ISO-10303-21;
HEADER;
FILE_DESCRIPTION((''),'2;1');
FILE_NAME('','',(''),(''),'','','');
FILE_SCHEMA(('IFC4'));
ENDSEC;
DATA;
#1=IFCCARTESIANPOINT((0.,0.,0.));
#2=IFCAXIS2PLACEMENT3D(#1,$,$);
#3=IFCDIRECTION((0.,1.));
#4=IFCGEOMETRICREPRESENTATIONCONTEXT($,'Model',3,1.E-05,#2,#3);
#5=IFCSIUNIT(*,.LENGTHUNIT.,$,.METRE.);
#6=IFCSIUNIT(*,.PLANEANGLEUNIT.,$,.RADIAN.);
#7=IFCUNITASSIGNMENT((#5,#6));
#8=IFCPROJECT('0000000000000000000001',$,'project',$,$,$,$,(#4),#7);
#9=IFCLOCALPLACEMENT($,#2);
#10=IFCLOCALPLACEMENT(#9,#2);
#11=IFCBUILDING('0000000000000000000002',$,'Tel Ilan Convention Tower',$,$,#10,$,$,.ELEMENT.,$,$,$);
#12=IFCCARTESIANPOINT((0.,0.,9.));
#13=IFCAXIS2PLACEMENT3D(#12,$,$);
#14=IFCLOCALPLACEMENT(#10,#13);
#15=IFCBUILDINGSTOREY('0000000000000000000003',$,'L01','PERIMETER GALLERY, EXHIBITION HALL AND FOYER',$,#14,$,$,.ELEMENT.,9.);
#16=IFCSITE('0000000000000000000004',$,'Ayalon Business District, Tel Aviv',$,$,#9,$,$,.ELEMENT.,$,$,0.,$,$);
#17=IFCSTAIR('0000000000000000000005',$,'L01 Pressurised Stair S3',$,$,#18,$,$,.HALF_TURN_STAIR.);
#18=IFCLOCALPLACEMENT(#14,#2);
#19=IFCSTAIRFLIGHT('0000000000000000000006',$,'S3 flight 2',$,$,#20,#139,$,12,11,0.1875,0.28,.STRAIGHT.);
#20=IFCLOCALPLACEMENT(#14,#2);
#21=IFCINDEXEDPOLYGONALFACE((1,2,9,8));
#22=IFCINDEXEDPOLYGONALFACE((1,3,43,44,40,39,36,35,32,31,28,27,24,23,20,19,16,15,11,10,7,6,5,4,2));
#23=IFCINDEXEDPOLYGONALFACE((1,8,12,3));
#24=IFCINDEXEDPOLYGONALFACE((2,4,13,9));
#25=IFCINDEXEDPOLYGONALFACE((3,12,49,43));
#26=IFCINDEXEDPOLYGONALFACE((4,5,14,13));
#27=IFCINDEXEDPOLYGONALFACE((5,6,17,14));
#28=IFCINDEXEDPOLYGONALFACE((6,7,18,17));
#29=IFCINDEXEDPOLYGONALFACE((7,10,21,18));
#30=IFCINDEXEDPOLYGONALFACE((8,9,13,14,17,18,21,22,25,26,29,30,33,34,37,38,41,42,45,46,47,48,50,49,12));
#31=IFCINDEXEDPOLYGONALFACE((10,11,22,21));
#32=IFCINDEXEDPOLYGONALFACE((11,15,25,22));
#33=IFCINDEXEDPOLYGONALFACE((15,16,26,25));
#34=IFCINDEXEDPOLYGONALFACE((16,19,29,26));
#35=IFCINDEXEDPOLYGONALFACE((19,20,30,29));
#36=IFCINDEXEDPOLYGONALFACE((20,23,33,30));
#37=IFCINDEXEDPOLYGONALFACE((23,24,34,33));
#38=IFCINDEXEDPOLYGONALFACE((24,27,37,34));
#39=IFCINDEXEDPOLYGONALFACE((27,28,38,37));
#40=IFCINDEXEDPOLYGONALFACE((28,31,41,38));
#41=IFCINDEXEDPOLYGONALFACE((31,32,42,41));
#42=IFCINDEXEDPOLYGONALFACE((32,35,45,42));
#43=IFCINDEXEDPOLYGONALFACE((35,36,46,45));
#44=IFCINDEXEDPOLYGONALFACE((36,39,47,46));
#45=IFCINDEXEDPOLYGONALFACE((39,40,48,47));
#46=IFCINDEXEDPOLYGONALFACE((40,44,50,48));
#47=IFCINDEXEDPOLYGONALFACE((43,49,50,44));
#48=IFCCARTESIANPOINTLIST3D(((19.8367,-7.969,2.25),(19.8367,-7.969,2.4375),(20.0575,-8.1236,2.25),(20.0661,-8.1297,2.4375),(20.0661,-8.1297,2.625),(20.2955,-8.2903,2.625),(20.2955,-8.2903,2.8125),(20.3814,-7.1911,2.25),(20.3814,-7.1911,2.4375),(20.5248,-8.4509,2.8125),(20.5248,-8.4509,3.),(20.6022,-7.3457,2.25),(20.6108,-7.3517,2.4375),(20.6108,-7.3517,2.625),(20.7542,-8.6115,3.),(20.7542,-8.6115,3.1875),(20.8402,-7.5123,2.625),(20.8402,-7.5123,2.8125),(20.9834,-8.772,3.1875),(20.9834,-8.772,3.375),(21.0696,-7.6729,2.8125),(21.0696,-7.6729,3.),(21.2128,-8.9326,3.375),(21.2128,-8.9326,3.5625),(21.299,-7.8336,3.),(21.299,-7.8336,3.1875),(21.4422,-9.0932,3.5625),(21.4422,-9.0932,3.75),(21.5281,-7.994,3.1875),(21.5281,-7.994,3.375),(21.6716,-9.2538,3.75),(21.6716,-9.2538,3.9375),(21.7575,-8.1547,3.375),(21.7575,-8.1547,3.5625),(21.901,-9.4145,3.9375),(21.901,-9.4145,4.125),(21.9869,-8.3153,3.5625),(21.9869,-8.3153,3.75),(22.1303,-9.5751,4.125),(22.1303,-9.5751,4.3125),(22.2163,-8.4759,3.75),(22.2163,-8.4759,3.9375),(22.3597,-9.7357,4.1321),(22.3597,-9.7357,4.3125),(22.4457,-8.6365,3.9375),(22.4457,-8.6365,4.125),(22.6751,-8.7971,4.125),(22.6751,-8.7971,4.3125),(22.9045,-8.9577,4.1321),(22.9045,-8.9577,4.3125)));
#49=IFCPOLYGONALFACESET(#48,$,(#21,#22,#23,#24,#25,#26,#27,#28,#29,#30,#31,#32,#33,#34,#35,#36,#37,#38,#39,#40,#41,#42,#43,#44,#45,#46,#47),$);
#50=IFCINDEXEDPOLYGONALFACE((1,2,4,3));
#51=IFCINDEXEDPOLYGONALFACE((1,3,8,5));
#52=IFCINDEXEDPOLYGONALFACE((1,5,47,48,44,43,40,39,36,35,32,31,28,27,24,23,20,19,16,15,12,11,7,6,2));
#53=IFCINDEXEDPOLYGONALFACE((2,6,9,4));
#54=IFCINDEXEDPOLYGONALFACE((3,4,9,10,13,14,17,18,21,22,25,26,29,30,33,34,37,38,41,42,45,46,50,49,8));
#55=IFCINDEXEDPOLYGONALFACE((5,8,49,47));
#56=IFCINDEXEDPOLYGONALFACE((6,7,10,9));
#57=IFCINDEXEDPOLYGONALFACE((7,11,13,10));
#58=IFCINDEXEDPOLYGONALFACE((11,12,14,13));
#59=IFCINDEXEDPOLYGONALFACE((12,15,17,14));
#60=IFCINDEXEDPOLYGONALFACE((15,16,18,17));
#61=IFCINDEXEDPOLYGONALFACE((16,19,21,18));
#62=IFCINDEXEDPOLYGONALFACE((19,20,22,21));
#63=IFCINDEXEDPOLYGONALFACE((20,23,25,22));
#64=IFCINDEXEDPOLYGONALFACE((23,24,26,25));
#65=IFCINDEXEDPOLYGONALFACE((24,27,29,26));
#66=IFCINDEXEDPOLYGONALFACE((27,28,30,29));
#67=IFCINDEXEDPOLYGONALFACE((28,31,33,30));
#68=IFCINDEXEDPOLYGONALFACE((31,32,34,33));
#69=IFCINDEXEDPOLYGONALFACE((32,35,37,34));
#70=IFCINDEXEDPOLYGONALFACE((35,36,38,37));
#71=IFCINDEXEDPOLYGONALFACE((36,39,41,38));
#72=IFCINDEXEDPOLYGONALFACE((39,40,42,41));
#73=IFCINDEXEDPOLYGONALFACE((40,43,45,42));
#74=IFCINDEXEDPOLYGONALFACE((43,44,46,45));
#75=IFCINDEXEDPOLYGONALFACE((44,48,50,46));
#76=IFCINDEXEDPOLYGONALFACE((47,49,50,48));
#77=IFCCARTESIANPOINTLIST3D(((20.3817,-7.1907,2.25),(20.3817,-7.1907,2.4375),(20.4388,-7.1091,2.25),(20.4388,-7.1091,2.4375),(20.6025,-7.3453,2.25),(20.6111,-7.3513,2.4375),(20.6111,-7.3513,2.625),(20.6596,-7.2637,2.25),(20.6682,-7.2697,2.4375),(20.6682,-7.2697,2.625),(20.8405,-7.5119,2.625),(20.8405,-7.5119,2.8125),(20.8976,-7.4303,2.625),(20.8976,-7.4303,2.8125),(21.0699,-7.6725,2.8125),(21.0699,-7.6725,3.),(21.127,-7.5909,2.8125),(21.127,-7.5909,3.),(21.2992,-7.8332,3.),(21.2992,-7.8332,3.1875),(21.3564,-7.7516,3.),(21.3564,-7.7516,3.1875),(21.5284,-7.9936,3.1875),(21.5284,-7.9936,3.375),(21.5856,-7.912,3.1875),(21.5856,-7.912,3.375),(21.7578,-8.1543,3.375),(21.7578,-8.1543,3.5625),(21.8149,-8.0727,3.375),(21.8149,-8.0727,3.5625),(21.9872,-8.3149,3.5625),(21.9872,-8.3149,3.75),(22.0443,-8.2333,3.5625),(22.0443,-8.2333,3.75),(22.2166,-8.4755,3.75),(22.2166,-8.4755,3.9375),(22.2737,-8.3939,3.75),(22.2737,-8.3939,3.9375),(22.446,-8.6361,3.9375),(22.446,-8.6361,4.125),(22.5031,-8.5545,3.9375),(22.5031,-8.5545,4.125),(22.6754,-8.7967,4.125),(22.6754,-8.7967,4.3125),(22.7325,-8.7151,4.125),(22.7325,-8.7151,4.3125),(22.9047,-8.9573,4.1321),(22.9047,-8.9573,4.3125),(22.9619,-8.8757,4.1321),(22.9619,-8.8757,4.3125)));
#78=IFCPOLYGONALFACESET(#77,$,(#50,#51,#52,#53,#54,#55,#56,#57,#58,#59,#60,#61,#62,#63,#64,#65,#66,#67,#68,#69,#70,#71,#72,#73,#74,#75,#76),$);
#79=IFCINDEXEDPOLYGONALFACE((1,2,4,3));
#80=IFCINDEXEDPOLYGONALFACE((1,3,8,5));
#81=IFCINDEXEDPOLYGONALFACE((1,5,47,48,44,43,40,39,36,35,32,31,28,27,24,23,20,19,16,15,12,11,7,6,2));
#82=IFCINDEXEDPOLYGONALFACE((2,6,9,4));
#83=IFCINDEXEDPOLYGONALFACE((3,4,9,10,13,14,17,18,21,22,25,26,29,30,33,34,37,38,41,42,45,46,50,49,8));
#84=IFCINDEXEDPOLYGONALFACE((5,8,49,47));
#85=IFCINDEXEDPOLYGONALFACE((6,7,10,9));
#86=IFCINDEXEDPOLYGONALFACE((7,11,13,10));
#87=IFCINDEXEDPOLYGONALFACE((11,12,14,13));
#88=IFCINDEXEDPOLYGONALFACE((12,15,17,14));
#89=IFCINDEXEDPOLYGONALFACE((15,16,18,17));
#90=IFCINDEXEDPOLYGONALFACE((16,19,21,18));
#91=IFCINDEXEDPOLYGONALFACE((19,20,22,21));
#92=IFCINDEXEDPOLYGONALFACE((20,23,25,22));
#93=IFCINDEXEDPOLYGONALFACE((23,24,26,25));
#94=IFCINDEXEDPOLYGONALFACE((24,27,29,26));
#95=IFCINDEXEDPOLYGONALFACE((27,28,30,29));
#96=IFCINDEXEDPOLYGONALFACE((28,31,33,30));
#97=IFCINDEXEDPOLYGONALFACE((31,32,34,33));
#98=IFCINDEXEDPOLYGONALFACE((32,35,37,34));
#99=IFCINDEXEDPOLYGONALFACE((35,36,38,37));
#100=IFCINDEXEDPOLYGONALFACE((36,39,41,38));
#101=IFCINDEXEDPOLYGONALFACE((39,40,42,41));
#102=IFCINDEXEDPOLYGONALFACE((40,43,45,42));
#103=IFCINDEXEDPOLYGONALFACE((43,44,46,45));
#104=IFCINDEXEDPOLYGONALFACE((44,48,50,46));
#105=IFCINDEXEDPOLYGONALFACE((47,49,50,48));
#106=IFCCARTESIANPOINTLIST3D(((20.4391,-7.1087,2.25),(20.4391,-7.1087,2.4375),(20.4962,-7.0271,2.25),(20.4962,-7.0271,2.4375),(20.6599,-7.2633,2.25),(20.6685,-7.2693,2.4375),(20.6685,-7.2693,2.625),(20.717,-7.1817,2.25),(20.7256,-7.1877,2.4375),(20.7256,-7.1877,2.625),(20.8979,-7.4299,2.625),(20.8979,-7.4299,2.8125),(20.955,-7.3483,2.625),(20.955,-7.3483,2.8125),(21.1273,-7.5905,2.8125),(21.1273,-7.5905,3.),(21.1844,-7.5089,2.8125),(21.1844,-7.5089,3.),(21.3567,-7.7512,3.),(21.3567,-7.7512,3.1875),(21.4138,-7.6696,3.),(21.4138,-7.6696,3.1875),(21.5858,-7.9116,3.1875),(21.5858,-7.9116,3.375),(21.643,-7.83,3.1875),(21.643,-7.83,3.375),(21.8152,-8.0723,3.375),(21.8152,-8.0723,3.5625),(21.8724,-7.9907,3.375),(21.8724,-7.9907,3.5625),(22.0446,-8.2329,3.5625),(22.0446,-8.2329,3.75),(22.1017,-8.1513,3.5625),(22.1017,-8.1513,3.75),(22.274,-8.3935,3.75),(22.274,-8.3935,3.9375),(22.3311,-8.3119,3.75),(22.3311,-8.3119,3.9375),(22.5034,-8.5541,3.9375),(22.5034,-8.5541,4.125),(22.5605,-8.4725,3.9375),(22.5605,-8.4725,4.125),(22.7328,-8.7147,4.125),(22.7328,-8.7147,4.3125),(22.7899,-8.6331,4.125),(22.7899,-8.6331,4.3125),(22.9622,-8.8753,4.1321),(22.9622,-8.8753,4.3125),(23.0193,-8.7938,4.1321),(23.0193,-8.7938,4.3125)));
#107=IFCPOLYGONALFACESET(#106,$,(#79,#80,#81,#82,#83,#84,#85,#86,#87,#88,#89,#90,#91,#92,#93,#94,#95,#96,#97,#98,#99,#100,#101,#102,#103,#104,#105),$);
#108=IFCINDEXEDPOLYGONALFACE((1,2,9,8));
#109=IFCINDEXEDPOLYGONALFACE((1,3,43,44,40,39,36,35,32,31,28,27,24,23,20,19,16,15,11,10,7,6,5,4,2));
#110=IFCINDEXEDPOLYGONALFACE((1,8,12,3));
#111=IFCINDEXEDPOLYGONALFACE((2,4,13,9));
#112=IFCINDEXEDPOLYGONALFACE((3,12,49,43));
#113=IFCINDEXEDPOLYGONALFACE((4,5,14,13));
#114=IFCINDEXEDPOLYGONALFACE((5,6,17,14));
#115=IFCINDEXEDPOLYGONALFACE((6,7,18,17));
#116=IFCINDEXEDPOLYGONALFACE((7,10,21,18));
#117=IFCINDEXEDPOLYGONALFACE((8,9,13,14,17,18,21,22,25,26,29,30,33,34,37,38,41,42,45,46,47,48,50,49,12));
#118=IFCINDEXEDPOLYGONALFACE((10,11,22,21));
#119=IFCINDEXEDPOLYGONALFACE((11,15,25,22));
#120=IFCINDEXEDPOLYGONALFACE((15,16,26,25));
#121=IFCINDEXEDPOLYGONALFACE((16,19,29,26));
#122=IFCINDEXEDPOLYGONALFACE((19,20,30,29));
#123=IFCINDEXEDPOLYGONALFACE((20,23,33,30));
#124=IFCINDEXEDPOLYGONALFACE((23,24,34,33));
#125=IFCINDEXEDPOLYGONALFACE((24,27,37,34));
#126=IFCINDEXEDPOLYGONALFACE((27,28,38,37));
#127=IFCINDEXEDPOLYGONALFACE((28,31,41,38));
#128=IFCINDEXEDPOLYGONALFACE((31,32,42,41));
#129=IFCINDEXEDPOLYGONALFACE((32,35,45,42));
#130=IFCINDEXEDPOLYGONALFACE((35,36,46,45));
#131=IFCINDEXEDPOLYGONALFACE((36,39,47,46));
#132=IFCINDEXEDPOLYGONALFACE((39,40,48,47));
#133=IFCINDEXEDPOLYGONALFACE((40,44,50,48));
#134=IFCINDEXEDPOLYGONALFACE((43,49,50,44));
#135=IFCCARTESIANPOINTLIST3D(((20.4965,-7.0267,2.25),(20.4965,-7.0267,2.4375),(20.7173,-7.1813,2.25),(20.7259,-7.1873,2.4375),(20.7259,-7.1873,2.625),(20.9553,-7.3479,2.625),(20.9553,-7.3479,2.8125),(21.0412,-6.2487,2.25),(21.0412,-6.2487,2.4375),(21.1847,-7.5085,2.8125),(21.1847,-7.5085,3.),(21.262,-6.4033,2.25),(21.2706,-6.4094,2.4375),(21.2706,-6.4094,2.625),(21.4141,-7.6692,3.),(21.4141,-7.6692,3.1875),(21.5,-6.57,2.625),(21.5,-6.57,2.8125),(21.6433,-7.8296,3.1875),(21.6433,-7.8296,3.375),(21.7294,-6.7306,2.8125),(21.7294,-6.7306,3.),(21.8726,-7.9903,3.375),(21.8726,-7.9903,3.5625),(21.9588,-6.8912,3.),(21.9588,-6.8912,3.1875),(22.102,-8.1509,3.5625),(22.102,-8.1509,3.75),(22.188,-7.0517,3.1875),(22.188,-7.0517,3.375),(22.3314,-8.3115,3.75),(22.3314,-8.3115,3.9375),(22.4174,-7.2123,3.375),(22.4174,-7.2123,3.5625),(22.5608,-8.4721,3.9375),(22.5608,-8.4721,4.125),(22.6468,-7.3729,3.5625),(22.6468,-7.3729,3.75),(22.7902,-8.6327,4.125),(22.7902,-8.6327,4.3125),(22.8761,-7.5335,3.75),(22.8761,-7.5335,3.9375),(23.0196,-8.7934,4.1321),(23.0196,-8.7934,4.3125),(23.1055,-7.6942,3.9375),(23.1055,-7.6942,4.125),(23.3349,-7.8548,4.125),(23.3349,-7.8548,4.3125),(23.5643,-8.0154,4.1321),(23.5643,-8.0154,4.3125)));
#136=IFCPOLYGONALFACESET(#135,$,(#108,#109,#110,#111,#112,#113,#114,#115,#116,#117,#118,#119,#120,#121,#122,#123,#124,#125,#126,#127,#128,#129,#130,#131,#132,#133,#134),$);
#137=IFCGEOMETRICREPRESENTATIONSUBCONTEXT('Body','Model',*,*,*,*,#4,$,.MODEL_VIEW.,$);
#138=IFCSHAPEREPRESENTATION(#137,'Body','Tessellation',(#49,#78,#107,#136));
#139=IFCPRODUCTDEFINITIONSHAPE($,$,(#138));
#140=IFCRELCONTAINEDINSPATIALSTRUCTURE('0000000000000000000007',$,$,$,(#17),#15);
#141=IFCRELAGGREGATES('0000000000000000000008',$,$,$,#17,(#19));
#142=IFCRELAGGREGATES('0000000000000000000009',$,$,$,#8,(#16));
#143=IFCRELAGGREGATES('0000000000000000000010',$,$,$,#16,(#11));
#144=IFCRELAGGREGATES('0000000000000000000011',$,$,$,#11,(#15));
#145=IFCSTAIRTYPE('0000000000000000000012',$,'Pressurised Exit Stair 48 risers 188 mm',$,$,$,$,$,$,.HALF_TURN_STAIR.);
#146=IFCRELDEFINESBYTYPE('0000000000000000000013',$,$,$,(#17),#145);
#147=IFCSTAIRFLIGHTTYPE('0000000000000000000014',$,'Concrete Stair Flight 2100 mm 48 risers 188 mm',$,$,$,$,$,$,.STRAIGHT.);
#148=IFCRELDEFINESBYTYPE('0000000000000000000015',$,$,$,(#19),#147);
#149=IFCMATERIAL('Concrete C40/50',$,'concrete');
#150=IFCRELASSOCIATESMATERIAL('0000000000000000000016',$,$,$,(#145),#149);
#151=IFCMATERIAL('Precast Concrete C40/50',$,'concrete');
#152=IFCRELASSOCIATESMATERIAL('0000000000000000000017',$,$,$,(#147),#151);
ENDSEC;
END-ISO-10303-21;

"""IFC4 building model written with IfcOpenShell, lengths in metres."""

from ifc_helpers import new_model, si_unit, direction, frame, origin, place, context, subcontext, project, spatial, polyline, outline, extrude, material, type_object, element, aggregate, save


model = new_model("IFC4")

# Units and contexts
model_context = context("Model", 3, precision=1e-05, world=origin(), true_north=direction((0.0, 1.0)))
body_context = subcontext(model_context, "Body", "Model", "MODEL_VIEW")
ifc_project = project(units=[si_unit("LENGTHUNIT", "METRE"), si_unit("PLANEANGLEUNIT", "RADIAN")], contexts=[model_context])

# Site, building, storey
site_placement = place(None, origin())
site = spatial("IfcSite", under=ifc_project, at=site_placement, Name="Ayalon Business District, Tel Aviv", CompositionType="ELEMENT", RefElevation=0.0)
building_placement = place(site_placement, origin())
building = spatial("IfcBuilding", under=site, at=building_placement, Name="Tel Ilan Convention Tower", CompositionType="ELEMENT")
storey_placement = place(building_placement, frame((0.0, 0.0, 9.0)))
storey = spatial("IfcBuildingStorey", under=building, at=storey_placement, Name="L01", Description="PERIMETER GALLERY, EXHIBITION HALL AND FOYER", CompositionType="ELEMENT", Elevation=9.0)

# Stair, stair flight
ifc_material_1 = material(Name="Concrete C40/50", Category="concrete")
stair_type = type_object("IfcStairType", Name="Pressurised Exit Stair 48 risers 188 mm", PredefinedType="HALF_TURN_STAIR", material=ifc_material_1)
stair_placement = place(storey_placement, origin())
stair = element("IfcStair", 1, at=stair_placement, inside=storey, type_object=stair_type, Name="L01 Pressurised Stair S3", PredefinedType="HALF_TURN_STAIR")
ifc_material_2 = material(Name="Precast Concrete C40/50", Category="concrete")
stair_flight_type = type_object("IfcStairFlightType", Name="Concrete Stair Flight 2100 mm 48 risers 188 mm", PredefinedType="STRAIGHT", material=ifc_material_2)
stair_flight_1_placement = place(storey_placement, frame((20.439, -7.1089, 2.25), z_axis=(0.0, 0.0, 1.0), x_axis=(0.819152, -0.573576, 0.0)))
stair_flight_1 = element("IfcStairFlight", 2, at=stair_flight_1_placement, type_object=stair_flight_type, Name="S3 flight 2", NumberOfRisers=12, NumberOfTreads=11, PredefinedType="STRAIGHT", RiserHeight=0.1875, TreadLength=0.28, context=body_context, shape_type="SweptSolid", body=[
    extrude(outline(polyline([(0.0, 0.0), (0.0, 0.1875), (0.28, 0.1875), (0.28, 0.375), (0.5601, 0.375), (0.5601, 0.5625), (0.8401, 0.5625), (0.8401, 0.75), (1.1201, 0.75), (1.1201, 0.9375), (1.3999, 0.9375), (1.3999, 1.125), (1.6799, 1.125), (1.6799, 1.3125), (1.96, 1.3125), (1.96, 1.5), (2.24, 1.5), (2.24, 1.6875), (2.52, 1.6875), (2.52, 1.875), (2.8, 1.875), (2.8, 2.0625), (3.0801, 2.0625), (3.0801, 2.25), (3.0801, 1.8821), (0.2695, 0.0), (0.0, 0.0)])), frame((0.0, -0.1003, 0.0), z_axis=(0.0, -1.0, 0.0), x_axis=(1.0, 0.0, 0.0)), (0.0, 0.0, 1.0), 0.9497),
    extrude(outline(polyline([(0.0, 0.0), (0.0, 0.1875), (0.28, 0.1875), (0.28, 0.375), (0.5601, 0.375), (0.5601, 0.5625), (0.8401, 0.5625), (0.8401, 0.75), (1.1201, 0.75), (1.1201, 0.9375), (1.3999, 0.9375), (1.3999, 1.125), (1.6799, 1.125), (1.6799, 1.3125), (1.96, 1.3125), (1.96, 1.5), (2.24, 1.5), (2.24, 1.6875), (2.52, 1.6875), (2.52, 1.875), (2.8, 1.875), (2.8, 2.0625), (3.0801, 2.0625), (3.0801, 2.25), (3.0801, 1.8821), (0.2695, 0.0), (0.0, 0.0)])), frame((0.0, -0.0002, 0.0), z_axis=(0.0, -1.0, 0.0), x_axis=(1.0, 0.0, 0.0)), (0.0, 0.0, 1.0), 0.0996),
    extrude(outline(polyline([(0.0, 0.0), (0.0, 0.1875), (0.28, 0.1875), (0.28, 0.375), (0.5601, 0.375), (0.5601, 0.5625), (0.8401, 0.5625), (0.8401, 0.75), (1.1201, 0.75), (1.1201, 0.9375), (1.3999, 0.9375), (1.3999, 1.125), (1.6799, 1.125), (1.6799, 1.3125), (1.96, 1.3125), (1.96, 1.5), (2.24, 1.5), (2.24, 1.6875), (2.52, 1.6875), (2.52, 1.875), (2.8, 1.875), (2.8, 2.0625), (3.0801, 2.0625), (3.0801, 2.25), (3.0801, 1.8821), (0.2695, 0.0), (0.0, 0.0)])), frame((0.0, 0.0999, 0.0), z_axis=(0.0, -1.0, 0.0), x_axis=(1.0, 0.0, 0.0)), (0.0, 0.0, 1.0), 0.0996),
    extrude(outline(polyline([(0.0, 0.0), (0.0, 0.1875), (0.28, 0.1875), (0.28, 0.375), (0.5601, 0.375), (0.5601, 0.5625), (0.8401, 0.5625), (0.8401, 0.75), (1.1201, 0.75), (1.1201, 0.9375), (1.3999, 0.9375), (1.3999, 1.125), (1.6799, 1.125), (1.6799, 1.3125), (1.96, 1.3125), (1.96, 1.5), (2.24, 1.5), (2.24, 1.6875), (2.52, 1.6875), (2.52, 1.875), (2.8, 1.875), (2.8, 2.0625), (3.0801, 2.0625), (3.0801, 2.25), (3.0801, 1.8821), (0.2695, 0.0), (0.0, 0.0)])), frame((0.0, 1.05, 0.0), z_axis=(0.0, -1.0, 0.0), x_axis=(1.0, 0.0, 0.0)), (0.0, 0.0, 1.0), 0.9497),
])
aggregate(stair, [stair_flight_1])

save(model, "model.ifc")
